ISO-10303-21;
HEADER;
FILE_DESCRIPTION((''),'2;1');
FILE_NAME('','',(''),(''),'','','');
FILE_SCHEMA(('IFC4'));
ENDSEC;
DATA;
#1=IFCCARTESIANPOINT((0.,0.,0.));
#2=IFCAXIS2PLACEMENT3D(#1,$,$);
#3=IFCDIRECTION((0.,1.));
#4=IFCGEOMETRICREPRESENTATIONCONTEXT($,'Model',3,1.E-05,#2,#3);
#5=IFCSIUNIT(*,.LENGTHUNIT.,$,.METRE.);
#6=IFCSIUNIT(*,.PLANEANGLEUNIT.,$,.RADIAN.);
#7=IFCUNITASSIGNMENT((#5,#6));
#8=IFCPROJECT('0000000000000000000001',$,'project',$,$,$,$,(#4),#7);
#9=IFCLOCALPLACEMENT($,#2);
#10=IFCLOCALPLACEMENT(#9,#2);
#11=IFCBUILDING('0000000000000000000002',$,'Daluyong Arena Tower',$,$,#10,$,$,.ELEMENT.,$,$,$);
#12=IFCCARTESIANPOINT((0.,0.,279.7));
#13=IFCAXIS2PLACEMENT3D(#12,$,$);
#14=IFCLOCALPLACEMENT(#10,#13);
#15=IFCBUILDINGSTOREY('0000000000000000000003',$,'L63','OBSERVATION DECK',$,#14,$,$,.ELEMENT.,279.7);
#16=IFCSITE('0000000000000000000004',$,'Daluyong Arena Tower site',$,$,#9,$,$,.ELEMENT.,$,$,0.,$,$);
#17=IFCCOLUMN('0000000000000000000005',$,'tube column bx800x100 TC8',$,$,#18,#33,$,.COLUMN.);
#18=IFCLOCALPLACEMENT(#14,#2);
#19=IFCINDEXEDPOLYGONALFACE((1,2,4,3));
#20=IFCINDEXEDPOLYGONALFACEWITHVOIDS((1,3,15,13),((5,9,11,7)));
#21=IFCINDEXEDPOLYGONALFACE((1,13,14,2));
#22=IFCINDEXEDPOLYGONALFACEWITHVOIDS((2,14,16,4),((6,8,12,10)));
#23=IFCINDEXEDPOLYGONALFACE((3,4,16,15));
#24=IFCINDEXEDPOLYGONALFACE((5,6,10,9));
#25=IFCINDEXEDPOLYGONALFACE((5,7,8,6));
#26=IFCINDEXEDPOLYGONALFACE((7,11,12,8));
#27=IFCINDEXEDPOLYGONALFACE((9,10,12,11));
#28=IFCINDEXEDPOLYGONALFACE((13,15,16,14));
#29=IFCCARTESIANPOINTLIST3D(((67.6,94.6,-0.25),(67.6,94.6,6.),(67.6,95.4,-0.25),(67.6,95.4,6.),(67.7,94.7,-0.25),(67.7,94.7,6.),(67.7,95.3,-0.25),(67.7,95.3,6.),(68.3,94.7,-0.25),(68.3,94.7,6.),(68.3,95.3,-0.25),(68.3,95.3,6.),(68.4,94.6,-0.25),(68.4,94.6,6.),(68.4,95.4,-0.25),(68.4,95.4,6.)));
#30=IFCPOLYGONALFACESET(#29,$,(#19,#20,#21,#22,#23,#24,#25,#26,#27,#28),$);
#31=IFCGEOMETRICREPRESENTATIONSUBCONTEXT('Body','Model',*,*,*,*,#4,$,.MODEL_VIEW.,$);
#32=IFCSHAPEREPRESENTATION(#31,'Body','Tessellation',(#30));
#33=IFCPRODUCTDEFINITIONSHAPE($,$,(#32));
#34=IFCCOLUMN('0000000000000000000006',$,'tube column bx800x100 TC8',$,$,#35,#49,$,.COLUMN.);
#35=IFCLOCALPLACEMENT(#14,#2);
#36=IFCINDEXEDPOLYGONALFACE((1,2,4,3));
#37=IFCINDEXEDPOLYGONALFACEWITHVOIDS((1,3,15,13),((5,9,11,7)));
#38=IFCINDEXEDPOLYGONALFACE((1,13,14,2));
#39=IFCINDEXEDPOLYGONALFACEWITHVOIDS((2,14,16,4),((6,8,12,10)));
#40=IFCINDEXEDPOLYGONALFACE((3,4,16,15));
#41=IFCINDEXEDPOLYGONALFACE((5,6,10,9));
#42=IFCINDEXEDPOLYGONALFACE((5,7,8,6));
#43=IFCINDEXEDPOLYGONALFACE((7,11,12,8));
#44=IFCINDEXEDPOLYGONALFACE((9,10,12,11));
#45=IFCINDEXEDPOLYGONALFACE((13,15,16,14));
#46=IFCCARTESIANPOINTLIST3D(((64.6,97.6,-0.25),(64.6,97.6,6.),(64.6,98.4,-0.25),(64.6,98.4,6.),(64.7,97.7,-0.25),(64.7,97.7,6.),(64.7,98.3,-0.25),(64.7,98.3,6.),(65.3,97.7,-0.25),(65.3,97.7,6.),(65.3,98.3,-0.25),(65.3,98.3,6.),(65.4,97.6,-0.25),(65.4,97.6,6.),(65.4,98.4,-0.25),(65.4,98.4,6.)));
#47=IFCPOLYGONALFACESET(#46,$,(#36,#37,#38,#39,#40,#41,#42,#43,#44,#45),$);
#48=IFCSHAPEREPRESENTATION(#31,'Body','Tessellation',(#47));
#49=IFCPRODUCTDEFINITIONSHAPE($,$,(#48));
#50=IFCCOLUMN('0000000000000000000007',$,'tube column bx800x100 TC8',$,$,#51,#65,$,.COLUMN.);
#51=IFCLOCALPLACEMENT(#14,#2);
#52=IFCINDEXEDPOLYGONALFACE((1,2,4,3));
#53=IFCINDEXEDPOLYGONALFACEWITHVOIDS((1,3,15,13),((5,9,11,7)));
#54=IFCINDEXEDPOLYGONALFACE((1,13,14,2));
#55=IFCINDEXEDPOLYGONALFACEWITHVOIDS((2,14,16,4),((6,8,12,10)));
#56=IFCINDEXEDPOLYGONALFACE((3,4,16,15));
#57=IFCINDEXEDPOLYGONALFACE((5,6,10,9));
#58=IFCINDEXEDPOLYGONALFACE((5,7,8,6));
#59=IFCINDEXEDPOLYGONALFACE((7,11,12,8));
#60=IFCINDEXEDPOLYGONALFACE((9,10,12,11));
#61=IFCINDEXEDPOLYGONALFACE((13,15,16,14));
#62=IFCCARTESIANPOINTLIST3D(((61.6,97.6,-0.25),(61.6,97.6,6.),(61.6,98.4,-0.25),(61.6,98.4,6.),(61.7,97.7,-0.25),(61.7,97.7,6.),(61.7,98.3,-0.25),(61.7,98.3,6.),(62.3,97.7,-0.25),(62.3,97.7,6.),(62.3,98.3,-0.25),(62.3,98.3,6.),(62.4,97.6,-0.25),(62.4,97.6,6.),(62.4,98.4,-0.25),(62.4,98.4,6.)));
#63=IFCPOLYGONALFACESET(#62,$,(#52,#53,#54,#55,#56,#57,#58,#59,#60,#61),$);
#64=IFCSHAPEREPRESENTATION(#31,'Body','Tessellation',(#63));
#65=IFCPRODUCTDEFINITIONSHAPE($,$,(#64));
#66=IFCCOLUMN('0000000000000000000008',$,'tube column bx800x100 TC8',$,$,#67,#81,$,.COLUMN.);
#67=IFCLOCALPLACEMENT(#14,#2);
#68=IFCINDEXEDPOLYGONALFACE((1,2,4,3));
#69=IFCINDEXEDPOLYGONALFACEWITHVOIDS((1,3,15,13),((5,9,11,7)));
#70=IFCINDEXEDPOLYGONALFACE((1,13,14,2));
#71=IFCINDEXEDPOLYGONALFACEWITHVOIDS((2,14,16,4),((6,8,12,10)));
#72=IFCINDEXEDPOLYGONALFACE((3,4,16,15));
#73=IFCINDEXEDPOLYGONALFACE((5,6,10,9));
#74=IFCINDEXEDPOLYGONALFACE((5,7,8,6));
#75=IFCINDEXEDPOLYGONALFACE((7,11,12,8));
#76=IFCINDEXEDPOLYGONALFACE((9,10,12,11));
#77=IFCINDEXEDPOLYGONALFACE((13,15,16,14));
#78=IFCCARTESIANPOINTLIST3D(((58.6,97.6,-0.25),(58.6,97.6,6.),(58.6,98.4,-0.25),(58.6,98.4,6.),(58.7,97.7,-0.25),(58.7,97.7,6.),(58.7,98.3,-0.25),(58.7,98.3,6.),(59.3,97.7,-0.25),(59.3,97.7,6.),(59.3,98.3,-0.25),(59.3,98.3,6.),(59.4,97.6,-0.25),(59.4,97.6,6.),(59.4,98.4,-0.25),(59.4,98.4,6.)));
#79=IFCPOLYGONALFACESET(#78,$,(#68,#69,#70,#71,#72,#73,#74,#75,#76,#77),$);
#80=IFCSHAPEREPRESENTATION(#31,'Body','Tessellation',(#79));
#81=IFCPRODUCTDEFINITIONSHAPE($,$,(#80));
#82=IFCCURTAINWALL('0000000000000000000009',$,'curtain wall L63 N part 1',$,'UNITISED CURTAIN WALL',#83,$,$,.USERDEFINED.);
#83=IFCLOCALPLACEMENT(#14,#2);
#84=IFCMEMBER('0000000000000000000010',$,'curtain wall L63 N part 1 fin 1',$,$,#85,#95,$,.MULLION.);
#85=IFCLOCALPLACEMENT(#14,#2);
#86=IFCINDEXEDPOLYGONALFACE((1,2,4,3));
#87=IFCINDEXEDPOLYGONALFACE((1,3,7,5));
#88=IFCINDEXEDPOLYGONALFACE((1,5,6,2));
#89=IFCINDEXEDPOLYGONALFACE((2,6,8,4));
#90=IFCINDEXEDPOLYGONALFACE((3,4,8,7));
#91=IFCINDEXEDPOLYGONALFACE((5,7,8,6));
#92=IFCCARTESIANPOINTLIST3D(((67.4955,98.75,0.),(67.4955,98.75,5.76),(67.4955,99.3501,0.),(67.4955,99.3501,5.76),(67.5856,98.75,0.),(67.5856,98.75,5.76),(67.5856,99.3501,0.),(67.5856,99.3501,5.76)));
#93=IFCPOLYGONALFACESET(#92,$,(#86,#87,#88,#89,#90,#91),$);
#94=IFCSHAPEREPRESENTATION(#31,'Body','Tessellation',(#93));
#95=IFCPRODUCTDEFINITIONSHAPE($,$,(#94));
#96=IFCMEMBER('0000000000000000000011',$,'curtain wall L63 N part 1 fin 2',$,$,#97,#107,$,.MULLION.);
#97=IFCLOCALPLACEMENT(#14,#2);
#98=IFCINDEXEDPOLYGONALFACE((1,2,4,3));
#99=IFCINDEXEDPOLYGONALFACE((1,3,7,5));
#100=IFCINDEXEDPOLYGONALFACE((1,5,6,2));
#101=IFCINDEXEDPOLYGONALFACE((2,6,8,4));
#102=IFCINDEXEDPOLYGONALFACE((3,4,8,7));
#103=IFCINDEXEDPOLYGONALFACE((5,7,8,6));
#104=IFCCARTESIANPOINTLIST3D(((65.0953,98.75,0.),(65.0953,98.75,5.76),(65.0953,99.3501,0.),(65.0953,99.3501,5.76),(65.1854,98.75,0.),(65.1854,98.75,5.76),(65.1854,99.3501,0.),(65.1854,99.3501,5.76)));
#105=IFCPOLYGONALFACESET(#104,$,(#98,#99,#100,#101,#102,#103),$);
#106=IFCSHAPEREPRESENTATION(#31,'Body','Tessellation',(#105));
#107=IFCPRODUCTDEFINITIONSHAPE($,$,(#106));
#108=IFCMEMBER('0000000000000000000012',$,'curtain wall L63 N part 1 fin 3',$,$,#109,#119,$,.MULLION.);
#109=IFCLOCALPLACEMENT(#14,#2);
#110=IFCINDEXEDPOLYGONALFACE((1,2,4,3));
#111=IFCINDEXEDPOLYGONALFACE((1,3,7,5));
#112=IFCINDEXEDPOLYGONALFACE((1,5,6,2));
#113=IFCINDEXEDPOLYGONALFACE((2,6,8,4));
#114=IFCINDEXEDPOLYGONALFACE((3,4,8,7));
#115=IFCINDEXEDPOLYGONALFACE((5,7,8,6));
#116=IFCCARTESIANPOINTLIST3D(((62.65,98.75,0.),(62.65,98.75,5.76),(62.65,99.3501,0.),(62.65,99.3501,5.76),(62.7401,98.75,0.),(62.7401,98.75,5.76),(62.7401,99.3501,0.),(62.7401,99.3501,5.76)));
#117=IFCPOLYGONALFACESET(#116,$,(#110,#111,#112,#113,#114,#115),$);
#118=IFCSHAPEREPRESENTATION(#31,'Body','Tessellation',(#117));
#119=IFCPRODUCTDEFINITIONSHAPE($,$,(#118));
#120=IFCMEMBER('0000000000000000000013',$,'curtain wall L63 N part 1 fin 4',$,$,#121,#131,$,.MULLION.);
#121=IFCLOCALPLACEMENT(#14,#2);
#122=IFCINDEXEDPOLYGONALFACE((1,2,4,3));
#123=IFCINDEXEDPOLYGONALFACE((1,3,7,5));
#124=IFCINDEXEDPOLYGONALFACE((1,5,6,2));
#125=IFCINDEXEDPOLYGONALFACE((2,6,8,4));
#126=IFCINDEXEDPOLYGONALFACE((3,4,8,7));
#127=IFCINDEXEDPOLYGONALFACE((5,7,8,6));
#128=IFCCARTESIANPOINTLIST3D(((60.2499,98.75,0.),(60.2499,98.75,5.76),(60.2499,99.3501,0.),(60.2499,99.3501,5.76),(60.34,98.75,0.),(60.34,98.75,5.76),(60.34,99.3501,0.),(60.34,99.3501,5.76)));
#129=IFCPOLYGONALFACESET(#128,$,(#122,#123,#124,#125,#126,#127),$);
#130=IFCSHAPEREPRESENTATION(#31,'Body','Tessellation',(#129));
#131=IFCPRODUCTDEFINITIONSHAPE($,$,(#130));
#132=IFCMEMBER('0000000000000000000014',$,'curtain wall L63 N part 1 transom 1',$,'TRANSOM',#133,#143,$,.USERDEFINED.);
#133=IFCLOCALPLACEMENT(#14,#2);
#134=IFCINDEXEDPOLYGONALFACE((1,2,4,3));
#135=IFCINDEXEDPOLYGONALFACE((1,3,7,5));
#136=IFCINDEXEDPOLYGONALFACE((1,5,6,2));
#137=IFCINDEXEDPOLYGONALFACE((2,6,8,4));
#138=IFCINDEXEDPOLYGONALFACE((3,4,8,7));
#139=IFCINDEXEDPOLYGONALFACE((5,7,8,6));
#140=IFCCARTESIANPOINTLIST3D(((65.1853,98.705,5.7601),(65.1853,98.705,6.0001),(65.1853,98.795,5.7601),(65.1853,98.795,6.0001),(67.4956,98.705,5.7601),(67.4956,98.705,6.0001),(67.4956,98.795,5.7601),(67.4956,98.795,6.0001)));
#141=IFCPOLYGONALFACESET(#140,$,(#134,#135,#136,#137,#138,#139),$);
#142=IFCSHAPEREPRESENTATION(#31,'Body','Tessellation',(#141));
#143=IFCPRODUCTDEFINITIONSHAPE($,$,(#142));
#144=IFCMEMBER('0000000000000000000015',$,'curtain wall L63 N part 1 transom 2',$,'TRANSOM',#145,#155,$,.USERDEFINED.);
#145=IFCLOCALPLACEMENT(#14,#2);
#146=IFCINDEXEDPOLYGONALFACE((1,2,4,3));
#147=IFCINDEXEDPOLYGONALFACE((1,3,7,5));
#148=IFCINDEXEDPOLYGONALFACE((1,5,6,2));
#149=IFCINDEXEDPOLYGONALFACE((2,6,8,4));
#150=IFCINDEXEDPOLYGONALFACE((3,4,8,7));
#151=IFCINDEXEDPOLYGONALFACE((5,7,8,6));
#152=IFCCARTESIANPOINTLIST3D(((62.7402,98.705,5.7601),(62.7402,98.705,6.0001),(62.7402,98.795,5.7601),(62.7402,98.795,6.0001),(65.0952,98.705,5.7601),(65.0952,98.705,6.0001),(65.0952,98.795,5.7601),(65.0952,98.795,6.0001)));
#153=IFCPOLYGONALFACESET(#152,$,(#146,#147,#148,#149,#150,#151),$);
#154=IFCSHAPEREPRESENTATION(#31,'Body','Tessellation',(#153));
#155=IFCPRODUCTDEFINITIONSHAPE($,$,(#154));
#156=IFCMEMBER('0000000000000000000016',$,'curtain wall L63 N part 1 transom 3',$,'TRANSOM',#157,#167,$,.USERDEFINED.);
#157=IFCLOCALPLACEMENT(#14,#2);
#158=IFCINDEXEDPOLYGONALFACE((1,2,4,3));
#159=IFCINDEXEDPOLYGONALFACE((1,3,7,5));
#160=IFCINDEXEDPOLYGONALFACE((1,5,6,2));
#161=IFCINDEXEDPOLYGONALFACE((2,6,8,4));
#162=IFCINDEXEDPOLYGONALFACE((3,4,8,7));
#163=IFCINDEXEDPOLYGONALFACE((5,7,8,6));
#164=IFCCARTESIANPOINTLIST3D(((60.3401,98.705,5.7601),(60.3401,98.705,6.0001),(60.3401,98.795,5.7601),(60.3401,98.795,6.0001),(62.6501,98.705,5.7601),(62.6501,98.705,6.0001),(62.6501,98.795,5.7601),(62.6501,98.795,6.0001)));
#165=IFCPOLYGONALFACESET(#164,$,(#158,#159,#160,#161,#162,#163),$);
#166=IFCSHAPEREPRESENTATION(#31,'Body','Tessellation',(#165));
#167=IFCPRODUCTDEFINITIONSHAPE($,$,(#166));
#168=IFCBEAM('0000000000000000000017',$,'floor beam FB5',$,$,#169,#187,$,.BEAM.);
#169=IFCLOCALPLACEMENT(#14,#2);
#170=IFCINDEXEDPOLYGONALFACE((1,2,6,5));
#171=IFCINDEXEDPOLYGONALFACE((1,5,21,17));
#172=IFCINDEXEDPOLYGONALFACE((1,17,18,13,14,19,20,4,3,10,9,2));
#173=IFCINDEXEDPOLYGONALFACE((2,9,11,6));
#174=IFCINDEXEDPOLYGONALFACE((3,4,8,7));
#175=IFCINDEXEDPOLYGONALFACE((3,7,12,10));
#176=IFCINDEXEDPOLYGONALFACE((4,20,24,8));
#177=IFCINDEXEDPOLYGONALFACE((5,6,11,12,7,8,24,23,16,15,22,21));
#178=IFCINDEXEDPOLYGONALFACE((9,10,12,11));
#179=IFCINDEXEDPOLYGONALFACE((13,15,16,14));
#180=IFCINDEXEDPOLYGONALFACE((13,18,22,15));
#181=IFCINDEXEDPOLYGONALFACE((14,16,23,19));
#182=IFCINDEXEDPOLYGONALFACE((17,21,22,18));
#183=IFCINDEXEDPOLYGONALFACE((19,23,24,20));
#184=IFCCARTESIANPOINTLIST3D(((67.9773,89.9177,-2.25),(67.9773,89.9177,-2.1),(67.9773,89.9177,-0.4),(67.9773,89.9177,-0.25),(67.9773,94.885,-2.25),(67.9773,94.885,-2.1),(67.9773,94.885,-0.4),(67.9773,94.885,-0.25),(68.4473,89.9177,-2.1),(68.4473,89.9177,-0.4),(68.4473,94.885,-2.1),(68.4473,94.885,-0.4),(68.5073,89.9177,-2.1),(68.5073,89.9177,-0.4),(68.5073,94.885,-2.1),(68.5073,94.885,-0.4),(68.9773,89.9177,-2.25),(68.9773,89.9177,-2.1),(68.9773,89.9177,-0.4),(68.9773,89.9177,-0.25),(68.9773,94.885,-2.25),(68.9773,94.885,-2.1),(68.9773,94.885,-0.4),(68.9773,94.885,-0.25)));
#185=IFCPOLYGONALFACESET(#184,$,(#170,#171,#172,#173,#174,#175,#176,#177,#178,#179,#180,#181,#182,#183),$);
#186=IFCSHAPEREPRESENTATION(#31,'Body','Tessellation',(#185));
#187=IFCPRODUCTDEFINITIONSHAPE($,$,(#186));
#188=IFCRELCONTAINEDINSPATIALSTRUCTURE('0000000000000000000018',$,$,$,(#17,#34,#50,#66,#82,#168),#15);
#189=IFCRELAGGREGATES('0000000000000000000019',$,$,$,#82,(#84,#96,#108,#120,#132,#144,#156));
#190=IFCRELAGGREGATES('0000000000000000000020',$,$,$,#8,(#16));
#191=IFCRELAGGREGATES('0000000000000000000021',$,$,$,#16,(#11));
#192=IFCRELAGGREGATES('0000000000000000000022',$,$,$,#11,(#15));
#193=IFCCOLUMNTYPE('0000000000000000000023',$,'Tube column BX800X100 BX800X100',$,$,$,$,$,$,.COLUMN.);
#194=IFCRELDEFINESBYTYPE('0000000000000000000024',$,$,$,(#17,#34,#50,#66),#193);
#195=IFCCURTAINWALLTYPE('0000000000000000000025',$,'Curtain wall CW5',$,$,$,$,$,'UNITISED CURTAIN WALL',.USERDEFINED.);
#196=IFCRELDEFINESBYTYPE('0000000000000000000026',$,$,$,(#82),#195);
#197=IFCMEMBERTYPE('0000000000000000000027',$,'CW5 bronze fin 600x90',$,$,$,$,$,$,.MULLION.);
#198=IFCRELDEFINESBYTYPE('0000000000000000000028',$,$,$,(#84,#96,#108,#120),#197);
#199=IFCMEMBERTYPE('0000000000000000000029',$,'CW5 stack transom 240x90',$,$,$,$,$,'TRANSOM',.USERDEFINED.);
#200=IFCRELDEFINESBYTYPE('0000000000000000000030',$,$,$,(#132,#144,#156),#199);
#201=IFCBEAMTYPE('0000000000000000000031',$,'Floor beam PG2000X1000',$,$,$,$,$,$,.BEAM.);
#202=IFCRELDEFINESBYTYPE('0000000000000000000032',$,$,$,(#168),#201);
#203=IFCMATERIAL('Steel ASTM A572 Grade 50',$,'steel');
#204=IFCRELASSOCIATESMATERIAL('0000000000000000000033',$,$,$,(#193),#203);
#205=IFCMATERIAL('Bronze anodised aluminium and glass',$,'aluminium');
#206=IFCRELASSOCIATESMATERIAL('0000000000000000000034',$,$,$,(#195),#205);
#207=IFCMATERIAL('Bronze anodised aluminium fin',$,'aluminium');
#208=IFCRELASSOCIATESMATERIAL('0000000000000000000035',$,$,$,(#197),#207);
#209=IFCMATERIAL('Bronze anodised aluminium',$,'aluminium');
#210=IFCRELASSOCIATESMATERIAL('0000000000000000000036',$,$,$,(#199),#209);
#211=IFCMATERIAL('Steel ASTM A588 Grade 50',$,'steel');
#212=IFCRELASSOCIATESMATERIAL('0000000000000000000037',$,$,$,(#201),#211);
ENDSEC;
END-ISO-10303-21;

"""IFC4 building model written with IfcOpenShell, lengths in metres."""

from ifc_helpers import new_model, si_unit, direction, frame, origin, origin_2d, place, context, subcontext, project, spatial, rectangle, hollow_rectangle, i_section, extrude, material, material_profile, profile_set, type_object, element, aggregate, save


model = new_model("IFC4")

# Units and contexts
model_context = context("Model", 3, precision=1e-05, world=origin(), true_north=direction((0.0, 1.0)))
body_context = subcontext(model_context, "Body", "Model", "MODEL_VIEW")
ifc_project = project(units=[si_unit("LENGTHUNIT", "METRE"), si_unit("PLANEANGLEUNIT", "RADIAN")], contexts=[model_context])

# Site, building, storey
site_placement = place(None, origin())
site = spatial("IfcSite", under=ifc_project, at=site_placement, Name="Daluyong Arena Tower site", CompositionType="ELEMENT", RefElevation=0.0)
building_placement = place(site_placement, origin())
building = spatial("IfcBuilding", under=site, at=building_placement, Name="Daluyong Arena Tower", CompositionType="ELEMENT")
storey_placement = place(building_placement, frame((0.0, 0.0, 279.7)))
storey = spatial("IfcBuildingStorey", under=building, at=storey_placement, Name="L63", Description="OBSERVATION DECK", CompositionType="ELEMENT", Elevation=279.7)

# Columns
ifc_material_1 = material(Name="Steel ASTM A572 Grade 50", Category="steel")
ifc_material_profile_1 = material_profile(ifc_material_1, hollow_rectangle(XDim=0.8, YDim=0.8, WallThickness=0.1, at=origin_2d()))
ifc_profile_set_1 = profile_set([ifc_material_profile_1], Name="Steel ASTM A572 Grade 50")
column_type = type_object("IfcColumnType", Name="Tube column BX800X100 BX800X100", PredefinedType="COLUMN", material=ifc_profile_set_1)
for number, where, z_axis, x_axis, name in (
    (1, (68.0, 95.0, -0.25), (0.0, 0.0, 1.0), (0.0, 1.0, 0.0), "tube column bx800x100 TC8"),
    (2, (65.0, 98.0, -0.25), (0.0, 0.0, 1.0), (1.0, 0.0, 0.0), "tube column bx800x100 TC8"),
    (3, (62.0, 98.0, -0.25), (0.0, 0.0, 1.0), (1.0, 0.0, 0.0), "tube column bx800x100 TC8"),
    (4, (59.0, 98.0, -0.25), (0.0, 0.0, 1.0), (1.0, 0.0, 0.0), "tube column bx800x100 TC8"),
):
    element("IfcColumn", number, at=place(storey_placement, frame(where, z_axis=z_axis, x_axis=x_axis)), inside=storey, type_object=column_type, Name=name, PredefinedType="COLUMN", context=body_context, shape_type="SweptSolid", body=[
        extrude(hollow_rectangle(XDim=0.8, YDim=0.8, WallThickness=0.1, at=origin_2d()), origin(), (0.0, 0.0, 1.0), 6.25),
    ])

# Curtain wall, members
ifc_material_2 = material(Name="Bronze anodised aluminium and glass", Category="aluminium")
curtain_wall_type = type_object("IfcCurtainWallType", Name="Curtain wall CW5", ElementType="UNITISED CURTAIN WALL", PredefinedType="USERDEFINED", material=ifc_material_2)
curtain_wall_placement = place(storey_placement, origin())
curtain_wall = element("IfcCurtainWall", 5, at=curtain_wall_placement, inside=storey, type_object=curtain_wall_type, Name="curtain wall L63 N part 1", ObjectType="UNITISED CURTAIN WALL", PredefinedType="USERDEFINED")
ifc_material_3 = material(Name="Bronze anodised aluminium fin", Category="aluminium")
ifc_material_profile_2 = material_profile(ifc_material_3, rectangle(XDim=0.6001, YDim=0.0901, at=origin_2d()))
ifc_profile_set_2 = profile_set([ifc_material_profile_2], Name="Bronze anodised aluminium fin")
member_type_1 = type_object("IfcMemberType", Name="CW5 bronze fin 600x90", PredefinedType="MULLION", material=ifc_profile_set_2)
member_1_placement = place(storey_placement, frame((67.5405, 99.05, 0.0), z_axis=(0.0, 0.0, 1.0), x_axis=(0.0, -1.0, 0.0)))
member_1 = element("IfcMember", 6, at=member_1_placement, type_object=member_type_1, Name="curtain wall L63 N part 1 fin 1", PredefinedType="MULLION", context=body_context, shape_type="SweptSolid", body=[
    extrude(rectangle(XDim=0.6001, YDim=0.0901, at=origin_2d()), origin(), (0.0, 0.0, 1.0), 5.76),
])
member_2_placement = place(storey_placement, frame((65.1404, 99.05, 0.0), z_axis=(0.0, 0.0, 1.0), x_axis=(0.0, -1.0, 0.0)))
member_2 = element("IfcMember", 7, at=member_2_placement, type_object=member_type_1, Name="curtain wall L63 N part 1 fin 2", PredefinedType="MULLION", context=body_context, shape_type="SweptSolid", body=[
    extrude(rectangle(XDim=0.6001, YDim=0.0901, at=origin_2d()), origin(), (0.0, 0.0, 1.0), 5.76),
])
member_3_placement = place(storey_placement, frame((62.6951, 99.05, 0.0), z_axis=(0.0, 0.0, 1.0), x_axis=(0.0, -1.0, 0.0)))
member_3 = element("IfcMember", 8, at=member_3_placement, type_object=member_type_1, Name="curtain wall L63 N part 1 fin 3", PredefinedType="MULLION", context=body_context, shape_type="SweptSolid", body=[
    extrude(rectangle(XDim=0.6001, YDim=0.0901, at=origin_2d()), origin(), (0.0, 0.0, 1.0), 5.76),
])
member_4_placement = place(storey_placement, frame((60.2949, 99.05, 0.0), z_axis=(0.0, 0.0, 1.0), x_axis=(0.0, -1.0, 0.0)))
member_4 = element("IfcMember", 9, at=member_4_placement, type_object=member_type_1, Name="curtain wall L63 N part 1 fin 4", PredefinedType="MULLION", context=body_context, shape_type="SweptSolid", body=[
    extrude(rectangle(XDim=0.6001, YDim=0.0901, at=origin_2d()), origin(), (0.0, 0.0, 1.0), 5.76),
])
ifc_material_4 = material(Name="Bronze anodised aluminium", Category="aluminium")
ifc_material_profile_3 = material_profile(ifc_material_4, rectangle(XDim=0.0901, YDim=0.24, at=origin_2d()))
ifc_profile_set_3 = profile_set([ifc_material_profile_3], Name="Bronze anodised aluminium")
member_type_2 = type_object("IfcMemberType", Name="CW5 stack transom 240x90", ElementType="TRANSOM", PredefinedType="USERDEFINED", material=ifc_profile_set_3)
member_5_placement = place(storey_placement, frame((67.4956, 98.75, 5.8801), z_axis=(-1.0, 0.0, 0.0), x_axis=(0.0, -1.0, 0.0)))
member_5 = element("IfcMember", 10, at=member_5_placement, type_object=member_type_2, Name="curtain wall L63 N part 1 transom 1", ObjectType="TRANSOM", PredefinedType="USERDEFINED", context=body_context, shape_type="SweptSolid", body=[
    extrude(rectangle(XDim=0.0901, YDim=0.24, at=origin_2d()), origin(), (0.0, 0.0, 1.0), 2.3103),
])
member_6_placement = place(storey_placement, frame((65.0952, 98.75, 5.8801), z_axis=(-1.0, 0.0, 0.0), x_axis=(0.0, -1.0, 0.0)))
member_6 = element("IfcMember", 11, at=member_6_placement, type_object=member_type_2, Name="curtain wall L63 N part 1 transom 2", ObjectType="TRANSOM", PredefinedType="USERDEFINED", context=body_context, shape_type="SweptSolid", body=[
    extrude(rectangle(XDim=0.0901, YDim=0.24, at=origin_2d()), origin(), (0.0, 0.0, 1.0), 2.355),
])
member_7_placement = place(storey_placement, frame((62.6501, 98.75, 5.8801), z_axis=(-1.0, 0.0, 0.0), x_axis=(0.0, -1.0, 0.0)))
member_7 = element("IfcMember", 12, at=member_7_placement, type_object=member_type_2, Name="curtain wall L63 N part 1 transom 3", ObjectType="TRANSOM", PredefinedType="USERDEFINED", context=body_context, shape_type="SweptSolid", body=[
    extrude(rectangle(XDim=0.0901, YDim=0.24, at=origin_2d()), origin(), (0.0, 0.0, 1.0), 2.3101),
])

# Beam
ifc_material_5 = material(Name="Steel ASTM A588 Grade 50", Category="steel")
ifc_material_profile_4 = material_profile(ifc_material_5, i_section(OverallWidth=1.0, OverallDepth=2.0, WebThickness=0.06, FlangeThickness=0.15, at=origin_2d()))
ifc_profile_set_4 = profile_set([ifc_material_profile_4], Name="Steel ASTM A588 Grade 50")
beam_type_1 = type_object("IfcBeamType", Name="Floor beam PG2000X1000", PredefinedType="BEAM", material=ifc_profile_set_4)
beam_1_placement = place(storey_placement, frame((68.4773, 94.885, -1.25), z_axis=(0.0, -1.0, 0.0), x_axis=(1.0, 0.0, 0.0)))
element("IfcBeam", 13, at=beam_1_placement, inside=storey, type_object=beam_type_1, Name="floor beam FB5", PredefinedType="BEAM", context=body_context, shape_type="SweptSolid", body=[
    extrude(i_section(OverallWidth=1.0, OverallDepth=2.0, WebThickness=0.06, FlangeThickness=0.15, at=origin_2d()), origin(), (0.0, 0.0, 1.0), 4.9673),
])

aggregate(curtain_wall, [member_1, member_2, member_3, member_4, member_5, member_6, member_7])

save(model, "model.ifc")
